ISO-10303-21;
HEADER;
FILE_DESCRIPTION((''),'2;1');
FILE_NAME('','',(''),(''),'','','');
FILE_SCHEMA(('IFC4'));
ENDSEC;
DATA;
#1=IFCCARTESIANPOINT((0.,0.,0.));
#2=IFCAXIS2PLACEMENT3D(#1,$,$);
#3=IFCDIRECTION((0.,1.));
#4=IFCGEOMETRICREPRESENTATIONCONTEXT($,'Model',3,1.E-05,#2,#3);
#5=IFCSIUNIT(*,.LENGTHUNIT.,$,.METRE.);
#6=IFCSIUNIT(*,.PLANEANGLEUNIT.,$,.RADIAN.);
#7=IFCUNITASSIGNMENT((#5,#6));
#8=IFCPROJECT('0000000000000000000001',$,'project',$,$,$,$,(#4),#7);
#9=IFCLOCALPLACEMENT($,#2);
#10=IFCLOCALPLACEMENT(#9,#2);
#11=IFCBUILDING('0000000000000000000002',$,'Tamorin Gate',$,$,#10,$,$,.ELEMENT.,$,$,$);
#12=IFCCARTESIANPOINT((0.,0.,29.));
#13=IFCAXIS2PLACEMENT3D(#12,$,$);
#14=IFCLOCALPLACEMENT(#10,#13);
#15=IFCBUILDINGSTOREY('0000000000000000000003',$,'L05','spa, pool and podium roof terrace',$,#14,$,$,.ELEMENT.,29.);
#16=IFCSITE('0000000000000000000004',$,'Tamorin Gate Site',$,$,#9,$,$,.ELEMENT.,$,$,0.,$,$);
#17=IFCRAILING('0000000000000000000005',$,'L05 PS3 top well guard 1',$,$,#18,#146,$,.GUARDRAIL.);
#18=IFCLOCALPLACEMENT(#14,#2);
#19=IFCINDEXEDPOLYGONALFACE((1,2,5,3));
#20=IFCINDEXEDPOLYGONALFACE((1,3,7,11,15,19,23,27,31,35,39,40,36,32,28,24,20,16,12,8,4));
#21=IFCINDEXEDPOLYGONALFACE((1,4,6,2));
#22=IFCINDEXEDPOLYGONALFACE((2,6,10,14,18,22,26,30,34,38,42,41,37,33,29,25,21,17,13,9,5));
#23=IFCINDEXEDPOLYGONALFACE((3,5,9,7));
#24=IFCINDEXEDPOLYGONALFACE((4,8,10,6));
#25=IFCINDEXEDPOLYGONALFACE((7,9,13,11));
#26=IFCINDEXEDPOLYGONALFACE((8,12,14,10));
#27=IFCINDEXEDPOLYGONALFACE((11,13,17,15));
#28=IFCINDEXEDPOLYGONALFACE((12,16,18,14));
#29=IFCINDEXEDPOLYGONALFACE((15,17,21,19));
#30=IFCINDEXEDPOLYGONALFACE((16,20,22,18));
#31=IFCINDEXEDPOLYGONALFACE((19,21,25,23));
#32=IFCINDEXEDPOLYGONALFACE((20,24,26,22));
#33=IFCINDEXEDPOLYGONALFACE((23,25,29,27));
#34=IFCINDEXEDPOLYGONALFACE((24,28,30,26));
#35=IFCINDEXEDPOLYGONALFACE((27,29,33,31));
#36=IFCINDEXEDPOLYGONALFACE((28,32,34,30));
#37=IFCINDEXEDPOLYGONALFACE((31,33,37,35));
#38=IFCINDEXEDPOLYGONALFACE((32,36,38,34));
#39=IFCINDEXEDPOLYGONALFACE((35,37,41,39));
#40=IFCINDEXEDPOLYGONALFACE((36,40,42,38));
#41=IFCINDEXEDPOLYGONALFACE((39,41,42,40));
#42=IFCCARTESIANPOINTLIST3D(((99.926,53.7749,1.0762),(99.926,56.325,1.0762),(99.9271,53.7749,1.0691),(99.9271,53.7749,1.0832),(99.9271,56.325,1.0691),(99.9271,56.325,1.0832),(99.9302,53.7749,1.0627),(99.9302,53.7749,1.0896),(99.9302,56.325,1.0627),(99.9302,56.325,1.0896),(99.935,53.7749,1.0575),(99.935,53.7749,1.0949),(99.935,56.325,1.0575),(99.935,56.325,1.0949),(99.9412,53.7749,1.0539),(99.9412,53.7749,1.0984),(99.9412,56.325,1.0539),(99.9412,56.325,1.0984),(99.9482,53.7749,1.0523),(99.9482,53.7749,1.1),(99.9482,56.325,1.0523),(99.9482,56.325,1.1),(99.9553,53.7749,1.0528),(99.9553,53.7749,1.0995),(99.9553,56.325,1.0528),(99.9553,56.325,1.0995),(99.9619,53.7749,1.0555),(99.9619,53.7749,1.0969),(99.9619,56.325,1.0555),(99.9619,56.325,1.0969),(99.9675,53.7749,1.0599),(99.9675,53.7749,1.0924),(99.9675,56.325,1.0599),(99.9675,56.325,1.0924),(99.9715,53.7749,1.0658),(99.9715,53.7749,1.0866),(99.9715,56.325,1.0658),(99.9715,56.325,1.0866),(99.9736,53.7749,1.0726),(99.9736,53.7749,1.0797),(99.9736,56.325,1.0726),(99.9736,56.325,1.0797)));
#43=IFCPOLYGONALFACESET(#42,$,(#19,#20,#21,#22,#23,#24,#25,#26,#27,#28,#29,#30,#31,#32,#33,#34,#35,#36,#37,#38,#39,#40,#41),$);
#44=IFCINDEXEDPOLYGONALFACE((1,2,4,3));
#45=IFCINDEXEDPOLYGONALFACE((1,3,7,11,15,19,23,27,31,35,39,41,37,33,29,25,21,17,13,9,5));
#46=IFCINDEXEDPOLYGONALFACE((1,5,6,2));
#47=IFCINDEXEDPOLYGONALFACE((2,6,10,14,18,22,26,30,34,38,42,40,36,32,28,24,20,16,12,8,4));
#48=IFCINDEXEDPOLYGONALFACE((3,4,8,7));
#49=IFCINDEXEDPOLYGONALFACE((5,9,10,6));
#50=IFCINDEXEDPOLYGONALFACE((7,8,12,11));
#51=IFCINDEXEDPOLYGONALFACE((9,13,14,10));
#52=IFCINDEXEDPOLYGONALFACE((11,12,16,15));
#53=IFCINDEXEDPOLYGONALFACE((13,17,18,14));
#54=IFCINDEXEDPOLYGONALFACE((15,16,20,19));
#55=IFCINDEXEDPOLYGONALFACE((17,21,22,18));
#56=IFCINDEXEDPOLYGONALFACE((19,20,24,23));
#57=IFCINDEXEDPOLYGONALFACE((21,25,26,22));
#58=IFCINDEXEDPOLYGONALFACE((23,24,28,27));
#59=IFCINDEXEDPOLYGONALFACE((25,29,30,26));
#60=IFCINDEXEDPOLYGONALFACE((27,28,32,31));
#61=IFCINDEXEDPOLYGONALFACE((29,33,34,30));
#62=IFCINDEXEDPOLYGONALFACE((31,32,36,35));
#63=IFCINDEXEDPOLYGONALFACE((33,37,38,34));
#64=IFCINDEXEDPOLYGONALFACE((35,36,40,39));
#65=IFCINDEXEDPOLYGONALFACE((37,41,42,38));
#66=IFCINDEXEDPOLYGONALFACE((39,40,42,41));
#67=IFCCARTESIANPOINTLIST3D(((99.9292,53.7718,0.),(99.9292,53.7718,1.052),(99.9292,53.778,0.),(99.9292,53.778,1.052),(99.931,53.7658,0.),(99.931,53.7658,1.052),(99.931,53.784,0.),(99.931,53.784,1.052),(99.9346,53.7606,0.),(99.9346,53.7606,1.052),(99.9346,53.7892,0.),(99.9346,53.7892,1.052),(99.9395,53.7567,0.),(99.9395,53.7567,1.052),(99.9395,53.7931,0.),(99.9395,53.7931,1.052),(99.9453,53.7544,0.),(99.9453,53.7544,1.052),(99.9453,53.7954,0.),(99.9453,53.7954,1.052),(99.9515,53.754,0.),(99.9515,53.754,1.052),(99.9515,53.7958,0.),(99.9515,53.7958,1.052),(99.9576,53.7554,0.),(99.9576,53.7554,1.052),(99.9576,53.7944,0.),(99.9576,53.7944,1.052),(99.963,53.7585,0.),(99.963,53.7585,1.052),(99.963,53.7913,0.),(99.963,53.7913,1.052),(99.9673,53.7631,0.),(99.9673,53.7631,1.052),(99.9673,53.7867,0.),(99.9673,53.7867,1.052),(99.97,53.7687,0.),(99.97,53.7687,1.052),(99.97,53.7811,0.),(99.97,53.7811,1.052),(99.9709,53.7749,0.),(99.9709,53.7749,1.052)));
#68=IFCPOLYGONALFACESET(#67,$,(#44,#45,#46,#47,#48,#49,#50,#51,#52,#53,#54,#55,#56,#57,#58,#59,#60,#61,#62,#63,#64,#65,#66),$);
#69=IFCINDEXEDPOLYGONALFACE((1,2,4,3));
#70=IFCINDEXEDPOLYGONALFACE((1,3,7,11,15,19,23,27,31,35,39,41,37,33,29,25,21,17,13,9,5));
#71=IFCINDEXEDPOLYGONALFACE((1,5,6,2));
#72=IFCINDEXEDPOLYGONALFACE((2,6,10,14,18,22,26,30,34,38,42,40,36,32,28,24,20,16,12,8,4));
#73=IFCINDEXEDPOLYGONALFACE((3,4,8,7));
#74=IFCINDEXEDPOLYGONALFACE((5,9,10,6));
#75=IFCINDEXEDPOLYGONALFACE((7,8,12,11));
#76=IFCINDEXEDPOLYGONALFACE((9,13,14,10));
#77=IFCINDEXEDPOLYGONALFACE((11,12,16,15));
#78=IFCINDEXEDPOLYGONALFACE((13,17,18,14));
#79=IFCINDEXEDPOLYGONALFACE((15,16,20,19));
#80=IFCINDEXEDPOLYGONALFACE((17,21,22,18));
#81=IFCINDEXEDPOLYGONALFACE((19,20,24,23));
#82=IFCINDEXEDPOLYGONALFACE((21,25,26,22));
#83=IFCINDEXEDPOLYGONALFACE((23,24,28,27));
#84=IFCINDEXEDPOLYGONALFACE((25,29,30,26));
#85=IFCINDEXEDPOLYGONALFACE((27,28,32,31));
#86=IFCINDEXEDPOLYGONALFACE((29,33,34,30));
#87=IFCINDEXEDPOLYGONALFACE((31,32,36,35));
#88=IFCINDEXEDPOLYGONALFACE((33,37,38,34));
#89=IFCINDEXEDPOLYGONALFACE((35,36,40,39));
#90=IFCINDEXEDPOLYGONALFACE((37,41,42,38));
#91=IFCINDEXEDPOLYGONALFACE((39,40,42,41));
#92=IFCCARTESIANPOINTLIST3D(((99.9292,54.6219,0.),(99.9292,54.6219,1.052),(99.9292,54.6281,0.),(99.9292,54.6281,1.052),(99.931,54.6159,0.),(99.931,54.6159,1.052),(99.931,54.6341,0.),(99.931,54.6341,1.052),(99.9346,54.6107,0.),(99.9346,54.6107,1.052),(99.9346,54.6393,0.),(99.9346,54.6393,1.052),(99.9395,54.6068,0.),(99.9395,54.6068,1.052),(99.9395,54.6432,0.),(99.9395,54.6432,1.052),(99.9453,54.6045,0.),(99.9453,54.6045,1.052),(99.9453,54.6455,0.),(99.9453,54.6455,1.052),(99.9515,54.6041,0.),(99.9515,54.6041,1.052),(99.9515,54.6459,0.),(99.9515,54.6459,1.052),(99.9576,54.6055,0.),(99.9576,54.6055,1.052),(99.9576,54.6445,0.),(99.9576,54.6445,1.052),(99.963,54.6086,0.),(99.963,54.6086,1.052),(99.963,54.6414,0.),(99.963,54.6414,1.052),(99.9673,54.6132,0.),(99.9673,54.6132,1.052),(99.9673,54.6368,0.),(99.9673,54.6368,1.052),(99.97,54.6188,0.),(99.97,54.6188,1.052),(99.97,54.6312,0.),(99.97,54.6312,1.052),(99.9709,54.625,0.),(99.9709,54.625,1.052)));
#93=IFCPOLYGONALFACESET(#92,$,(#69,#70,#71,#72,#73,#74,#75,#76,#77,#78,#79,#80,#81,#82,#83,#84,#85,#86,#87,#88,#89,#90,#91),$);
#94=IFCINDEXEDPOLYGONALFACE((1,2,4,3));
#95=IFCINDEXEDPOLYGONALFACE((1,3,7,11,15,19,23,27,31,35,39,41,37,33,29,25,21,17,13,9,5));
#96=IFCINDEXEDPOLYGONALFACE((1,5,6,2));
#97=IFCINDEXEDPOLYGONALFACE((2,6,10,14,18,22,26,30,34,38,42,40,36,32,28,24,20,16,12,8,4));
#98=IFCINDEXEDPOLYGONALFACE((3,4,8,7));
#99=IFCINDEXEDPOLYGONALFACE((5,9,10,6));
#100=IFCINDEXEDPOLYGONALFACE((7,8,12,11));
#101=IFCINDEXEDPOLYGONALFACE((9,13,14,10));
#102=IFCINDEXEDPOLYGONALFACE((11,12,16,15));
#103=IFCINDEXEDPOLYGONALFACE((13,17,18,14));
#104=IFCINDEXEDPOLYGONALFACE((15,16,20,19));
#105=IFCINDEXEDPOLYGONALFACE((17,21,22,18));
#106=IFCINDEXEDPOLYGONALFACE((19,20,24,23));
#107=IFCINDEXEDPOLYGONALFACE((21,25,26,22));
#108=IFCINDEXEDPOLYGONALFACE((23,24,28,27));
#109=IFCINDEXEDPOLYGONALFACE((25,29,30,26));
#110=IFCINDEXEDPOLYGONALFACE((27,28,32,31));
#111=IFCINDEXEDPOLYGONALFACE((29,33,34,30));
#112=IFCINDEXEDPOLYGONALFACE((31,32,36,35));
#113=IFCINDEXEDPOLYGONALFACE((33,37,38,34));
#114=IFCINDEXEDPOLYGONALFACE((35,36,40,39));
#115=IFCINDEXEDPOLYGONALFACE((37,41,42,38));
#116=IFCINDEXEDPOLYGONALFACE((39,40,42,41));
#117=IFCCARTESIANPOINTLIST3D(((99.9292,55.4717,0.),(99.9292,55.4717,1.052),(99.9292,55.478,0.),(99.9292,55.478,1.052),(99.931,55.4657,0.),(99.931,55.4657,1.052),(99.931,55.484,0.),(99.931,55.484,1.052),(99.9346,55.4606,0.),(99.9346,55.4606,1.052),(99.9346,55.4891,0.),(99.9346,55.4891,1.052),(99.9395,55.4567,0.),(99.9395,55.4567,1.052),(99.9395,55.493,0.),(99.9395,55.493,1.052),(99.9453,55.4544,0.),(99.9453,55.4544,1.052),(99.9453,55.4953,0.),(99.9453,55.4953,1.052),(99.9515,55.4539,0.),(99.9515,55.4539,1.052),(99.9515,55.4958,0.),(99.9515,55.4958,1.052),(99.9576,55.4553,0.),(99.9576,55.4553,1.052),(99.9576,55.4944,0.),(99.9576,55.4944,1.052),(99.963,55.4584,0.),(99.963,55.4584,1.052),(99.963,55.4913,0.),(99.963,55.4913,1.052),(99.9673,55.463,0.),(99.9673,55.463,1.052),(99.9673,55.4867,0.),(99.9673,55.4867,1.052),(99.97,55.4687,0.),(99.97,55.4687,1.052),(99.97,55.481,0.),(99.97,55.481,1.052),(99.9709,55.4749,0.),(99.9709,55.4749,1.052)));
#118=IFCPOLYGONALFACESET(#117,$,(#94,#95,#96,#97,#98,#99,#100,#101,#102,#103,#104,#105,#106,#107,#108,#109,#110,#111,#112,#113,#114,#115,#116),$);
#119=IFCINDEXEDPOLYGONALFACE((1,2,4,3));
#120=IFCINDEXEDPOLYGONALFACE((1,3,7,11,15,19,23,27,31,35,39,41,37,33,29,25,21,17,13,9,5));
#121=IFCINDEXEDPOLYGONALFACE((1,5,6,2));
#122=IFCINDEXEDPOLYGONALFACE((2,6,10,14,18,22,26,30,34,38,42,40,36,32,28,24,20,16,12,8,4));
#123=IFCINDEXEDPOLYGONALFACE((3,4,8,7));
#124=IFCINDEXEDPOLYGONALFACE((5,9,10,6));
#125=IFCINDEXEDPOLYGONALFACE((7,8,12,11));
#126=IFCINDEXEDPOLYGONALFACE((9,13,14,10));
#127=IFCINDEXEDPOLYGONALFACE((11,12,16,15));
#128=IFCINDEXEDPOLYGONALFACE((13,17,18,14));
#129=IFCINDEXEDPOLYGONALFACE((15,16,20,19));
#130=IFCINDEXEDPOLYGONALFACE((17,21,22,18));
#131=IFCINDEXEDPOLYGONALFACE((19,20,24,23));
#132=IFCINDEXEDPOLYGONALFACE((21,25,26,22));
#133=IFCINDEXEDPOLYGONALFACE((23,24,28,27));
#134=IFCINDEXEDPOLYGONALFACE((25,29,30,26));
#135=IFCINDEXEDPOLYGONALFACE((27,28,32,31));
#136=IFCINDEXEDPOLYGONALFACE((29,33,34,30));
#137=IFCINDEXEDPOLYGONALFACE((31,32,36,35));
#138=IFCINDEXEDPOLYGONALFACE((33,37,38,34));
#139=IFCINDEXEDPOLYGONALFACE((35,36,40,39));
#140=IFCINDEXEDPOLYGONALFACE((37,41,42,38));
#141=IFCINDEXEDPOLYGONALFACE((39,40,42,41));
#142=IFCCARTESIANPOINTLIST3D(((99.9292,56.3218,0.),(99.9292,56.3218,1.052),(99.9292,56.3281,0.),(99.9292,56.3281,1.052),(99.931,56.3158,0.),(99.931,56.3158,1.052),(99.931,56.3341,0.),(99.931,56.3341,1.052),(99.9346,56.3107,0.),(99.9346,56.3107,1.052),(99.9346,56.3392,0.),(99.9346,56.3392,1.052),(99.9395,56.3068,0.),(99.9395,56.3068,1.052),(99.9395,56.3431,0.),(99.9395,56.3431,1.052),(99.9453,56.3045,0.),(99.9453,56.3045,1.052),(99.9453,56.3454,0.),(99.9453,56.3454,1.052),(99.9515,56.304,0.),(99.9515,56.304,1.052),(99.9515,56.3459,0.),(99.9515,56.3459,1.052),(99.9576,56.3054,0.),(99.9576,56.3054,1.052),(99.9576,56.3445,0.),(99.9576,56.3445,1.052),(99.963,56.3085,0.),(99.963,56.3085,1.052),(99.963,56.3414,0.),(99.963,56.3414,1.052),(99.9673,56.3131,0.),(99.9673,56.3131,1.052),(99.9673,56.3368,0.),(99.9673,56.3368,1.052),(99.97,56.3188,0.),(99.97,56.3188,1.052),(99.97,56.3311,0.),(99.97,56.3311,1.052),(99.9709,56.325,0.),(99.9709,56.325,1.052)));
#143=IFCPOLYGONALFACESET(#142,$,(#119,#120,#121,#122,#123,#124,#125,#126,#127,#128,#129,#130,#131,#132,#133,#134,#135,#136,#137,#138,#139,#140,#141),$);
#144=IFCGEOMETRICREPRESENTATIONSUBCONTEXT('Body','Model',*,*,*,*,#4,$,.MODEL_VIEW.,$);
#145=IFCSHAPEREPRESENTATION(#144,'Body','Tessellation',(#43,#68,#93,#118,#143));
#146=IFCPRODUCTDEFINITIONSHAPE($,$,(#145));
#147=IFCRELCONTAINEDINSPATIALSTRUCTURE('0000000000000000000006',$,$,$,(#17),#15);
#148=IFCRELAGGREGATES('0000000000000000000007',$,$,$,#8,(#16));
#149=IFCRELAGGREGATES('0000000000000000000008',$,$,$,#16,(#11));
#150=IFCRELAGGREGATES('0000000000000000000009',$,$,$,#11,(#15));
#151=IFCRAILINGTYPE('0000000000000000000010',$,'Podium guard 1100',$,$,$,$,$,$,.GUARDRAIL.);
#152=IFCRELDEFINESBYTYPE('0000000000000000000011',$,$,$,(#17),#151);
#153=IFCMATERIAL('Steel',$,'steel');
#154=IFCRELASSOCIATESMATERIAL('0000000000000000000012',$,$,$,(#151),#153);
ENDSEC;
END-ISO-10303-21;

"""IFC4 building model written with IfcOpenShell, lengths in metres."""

from ifc_helpers import new_model, si_unit, direction, frame, origin, origin_2d, place, context, subcontext, project, spatial, circle, extrude, material, type_object, element, save


model = new_model("IFC4")

# Units and contexts
model_context = context("Model", 3, precision=1e-05, world=origin(), true_north=direction((0.0, 1.0)))
body_context = subcontext(model_context, "Body", "Model", "MODEL_VIEW")
ifc_project = project(units=[si_unit("LENGTHUNIT", "METRE"), si_unit("PLANEANGLEUNIT", "RADIAN")], contexts=[model_context])

# Site, building, storey
site_placement = place(None, origin())
site = spatial("IfcSite", under=ifc_project, at=site_placement, Name="Tamorin Gate Site", CompositionType="ELEMENT", RefElevation=0.0)
building_placement = place(site_placement, origin())
building = spatial("IfcBuilding", under=site, at=building_placement, Name="Tamorin Gate", CompositionType="ELEMENT")
storey_placement = place(building_placement, frame((0.0, 0.0, 29.0)))
storey = spatial("IfcBuildingStorey", under=building, at=storey_placement, Name="L05", Description="spa, pool and podium roof terrace", CompositionType="ELEMENT", Elevation=29.0)

# Railing
ifc_material_1 = material(Name="Steel", Category="steel")
railing_type = type_object("IfcRailingType", Name="Podium guard 1100", PredefinedType="GUARDRAIL", material=ifc_material_1)
railing_placement = place(storey_placement, frame((99.95, 53.7749, 0.0)))
element("IfcRailing", 1, at=railing_placement, inside=storey, type_object=railing_type, Name="L05 PS3 top well guard 1", PredefinedType="GUARDRAIL", context=body_context, shape_type="SweptSolid", body=[
    extrude(circle(Radius=0.0239, at=origin_2d()), frame((0.0, 0.0, 1.0762), z_axis=(0.0, 1.0, 0.0), x_axis=(-1.0, 0.0, 0.0)), (0.0, 0.0, 1.0), 2.55),
    extrude(circle(Radius=0.021, at=origin_2d()), origin(), (0.0, 0.0, 1.0), 1.052),
    extrude(circle(Radius=0.021, at=origin_2d()), frame((0.0, 0.8501, 0.0)), (0.0, 0.0, 1.0), 1.052),
    extrude(circle(Radius=0.021, at=origin_2d()), frame((0.0, 1.7, 0.0)), (0.0, 0.0, 1.0), 1.052),
    extrude(circle(Radius=0.021, at=origin_2d()), frame((0.0, 2.55, 0.0)), (0.0, 0.0, 1.0), 1.052),
])

save(model, "model.ifc")
